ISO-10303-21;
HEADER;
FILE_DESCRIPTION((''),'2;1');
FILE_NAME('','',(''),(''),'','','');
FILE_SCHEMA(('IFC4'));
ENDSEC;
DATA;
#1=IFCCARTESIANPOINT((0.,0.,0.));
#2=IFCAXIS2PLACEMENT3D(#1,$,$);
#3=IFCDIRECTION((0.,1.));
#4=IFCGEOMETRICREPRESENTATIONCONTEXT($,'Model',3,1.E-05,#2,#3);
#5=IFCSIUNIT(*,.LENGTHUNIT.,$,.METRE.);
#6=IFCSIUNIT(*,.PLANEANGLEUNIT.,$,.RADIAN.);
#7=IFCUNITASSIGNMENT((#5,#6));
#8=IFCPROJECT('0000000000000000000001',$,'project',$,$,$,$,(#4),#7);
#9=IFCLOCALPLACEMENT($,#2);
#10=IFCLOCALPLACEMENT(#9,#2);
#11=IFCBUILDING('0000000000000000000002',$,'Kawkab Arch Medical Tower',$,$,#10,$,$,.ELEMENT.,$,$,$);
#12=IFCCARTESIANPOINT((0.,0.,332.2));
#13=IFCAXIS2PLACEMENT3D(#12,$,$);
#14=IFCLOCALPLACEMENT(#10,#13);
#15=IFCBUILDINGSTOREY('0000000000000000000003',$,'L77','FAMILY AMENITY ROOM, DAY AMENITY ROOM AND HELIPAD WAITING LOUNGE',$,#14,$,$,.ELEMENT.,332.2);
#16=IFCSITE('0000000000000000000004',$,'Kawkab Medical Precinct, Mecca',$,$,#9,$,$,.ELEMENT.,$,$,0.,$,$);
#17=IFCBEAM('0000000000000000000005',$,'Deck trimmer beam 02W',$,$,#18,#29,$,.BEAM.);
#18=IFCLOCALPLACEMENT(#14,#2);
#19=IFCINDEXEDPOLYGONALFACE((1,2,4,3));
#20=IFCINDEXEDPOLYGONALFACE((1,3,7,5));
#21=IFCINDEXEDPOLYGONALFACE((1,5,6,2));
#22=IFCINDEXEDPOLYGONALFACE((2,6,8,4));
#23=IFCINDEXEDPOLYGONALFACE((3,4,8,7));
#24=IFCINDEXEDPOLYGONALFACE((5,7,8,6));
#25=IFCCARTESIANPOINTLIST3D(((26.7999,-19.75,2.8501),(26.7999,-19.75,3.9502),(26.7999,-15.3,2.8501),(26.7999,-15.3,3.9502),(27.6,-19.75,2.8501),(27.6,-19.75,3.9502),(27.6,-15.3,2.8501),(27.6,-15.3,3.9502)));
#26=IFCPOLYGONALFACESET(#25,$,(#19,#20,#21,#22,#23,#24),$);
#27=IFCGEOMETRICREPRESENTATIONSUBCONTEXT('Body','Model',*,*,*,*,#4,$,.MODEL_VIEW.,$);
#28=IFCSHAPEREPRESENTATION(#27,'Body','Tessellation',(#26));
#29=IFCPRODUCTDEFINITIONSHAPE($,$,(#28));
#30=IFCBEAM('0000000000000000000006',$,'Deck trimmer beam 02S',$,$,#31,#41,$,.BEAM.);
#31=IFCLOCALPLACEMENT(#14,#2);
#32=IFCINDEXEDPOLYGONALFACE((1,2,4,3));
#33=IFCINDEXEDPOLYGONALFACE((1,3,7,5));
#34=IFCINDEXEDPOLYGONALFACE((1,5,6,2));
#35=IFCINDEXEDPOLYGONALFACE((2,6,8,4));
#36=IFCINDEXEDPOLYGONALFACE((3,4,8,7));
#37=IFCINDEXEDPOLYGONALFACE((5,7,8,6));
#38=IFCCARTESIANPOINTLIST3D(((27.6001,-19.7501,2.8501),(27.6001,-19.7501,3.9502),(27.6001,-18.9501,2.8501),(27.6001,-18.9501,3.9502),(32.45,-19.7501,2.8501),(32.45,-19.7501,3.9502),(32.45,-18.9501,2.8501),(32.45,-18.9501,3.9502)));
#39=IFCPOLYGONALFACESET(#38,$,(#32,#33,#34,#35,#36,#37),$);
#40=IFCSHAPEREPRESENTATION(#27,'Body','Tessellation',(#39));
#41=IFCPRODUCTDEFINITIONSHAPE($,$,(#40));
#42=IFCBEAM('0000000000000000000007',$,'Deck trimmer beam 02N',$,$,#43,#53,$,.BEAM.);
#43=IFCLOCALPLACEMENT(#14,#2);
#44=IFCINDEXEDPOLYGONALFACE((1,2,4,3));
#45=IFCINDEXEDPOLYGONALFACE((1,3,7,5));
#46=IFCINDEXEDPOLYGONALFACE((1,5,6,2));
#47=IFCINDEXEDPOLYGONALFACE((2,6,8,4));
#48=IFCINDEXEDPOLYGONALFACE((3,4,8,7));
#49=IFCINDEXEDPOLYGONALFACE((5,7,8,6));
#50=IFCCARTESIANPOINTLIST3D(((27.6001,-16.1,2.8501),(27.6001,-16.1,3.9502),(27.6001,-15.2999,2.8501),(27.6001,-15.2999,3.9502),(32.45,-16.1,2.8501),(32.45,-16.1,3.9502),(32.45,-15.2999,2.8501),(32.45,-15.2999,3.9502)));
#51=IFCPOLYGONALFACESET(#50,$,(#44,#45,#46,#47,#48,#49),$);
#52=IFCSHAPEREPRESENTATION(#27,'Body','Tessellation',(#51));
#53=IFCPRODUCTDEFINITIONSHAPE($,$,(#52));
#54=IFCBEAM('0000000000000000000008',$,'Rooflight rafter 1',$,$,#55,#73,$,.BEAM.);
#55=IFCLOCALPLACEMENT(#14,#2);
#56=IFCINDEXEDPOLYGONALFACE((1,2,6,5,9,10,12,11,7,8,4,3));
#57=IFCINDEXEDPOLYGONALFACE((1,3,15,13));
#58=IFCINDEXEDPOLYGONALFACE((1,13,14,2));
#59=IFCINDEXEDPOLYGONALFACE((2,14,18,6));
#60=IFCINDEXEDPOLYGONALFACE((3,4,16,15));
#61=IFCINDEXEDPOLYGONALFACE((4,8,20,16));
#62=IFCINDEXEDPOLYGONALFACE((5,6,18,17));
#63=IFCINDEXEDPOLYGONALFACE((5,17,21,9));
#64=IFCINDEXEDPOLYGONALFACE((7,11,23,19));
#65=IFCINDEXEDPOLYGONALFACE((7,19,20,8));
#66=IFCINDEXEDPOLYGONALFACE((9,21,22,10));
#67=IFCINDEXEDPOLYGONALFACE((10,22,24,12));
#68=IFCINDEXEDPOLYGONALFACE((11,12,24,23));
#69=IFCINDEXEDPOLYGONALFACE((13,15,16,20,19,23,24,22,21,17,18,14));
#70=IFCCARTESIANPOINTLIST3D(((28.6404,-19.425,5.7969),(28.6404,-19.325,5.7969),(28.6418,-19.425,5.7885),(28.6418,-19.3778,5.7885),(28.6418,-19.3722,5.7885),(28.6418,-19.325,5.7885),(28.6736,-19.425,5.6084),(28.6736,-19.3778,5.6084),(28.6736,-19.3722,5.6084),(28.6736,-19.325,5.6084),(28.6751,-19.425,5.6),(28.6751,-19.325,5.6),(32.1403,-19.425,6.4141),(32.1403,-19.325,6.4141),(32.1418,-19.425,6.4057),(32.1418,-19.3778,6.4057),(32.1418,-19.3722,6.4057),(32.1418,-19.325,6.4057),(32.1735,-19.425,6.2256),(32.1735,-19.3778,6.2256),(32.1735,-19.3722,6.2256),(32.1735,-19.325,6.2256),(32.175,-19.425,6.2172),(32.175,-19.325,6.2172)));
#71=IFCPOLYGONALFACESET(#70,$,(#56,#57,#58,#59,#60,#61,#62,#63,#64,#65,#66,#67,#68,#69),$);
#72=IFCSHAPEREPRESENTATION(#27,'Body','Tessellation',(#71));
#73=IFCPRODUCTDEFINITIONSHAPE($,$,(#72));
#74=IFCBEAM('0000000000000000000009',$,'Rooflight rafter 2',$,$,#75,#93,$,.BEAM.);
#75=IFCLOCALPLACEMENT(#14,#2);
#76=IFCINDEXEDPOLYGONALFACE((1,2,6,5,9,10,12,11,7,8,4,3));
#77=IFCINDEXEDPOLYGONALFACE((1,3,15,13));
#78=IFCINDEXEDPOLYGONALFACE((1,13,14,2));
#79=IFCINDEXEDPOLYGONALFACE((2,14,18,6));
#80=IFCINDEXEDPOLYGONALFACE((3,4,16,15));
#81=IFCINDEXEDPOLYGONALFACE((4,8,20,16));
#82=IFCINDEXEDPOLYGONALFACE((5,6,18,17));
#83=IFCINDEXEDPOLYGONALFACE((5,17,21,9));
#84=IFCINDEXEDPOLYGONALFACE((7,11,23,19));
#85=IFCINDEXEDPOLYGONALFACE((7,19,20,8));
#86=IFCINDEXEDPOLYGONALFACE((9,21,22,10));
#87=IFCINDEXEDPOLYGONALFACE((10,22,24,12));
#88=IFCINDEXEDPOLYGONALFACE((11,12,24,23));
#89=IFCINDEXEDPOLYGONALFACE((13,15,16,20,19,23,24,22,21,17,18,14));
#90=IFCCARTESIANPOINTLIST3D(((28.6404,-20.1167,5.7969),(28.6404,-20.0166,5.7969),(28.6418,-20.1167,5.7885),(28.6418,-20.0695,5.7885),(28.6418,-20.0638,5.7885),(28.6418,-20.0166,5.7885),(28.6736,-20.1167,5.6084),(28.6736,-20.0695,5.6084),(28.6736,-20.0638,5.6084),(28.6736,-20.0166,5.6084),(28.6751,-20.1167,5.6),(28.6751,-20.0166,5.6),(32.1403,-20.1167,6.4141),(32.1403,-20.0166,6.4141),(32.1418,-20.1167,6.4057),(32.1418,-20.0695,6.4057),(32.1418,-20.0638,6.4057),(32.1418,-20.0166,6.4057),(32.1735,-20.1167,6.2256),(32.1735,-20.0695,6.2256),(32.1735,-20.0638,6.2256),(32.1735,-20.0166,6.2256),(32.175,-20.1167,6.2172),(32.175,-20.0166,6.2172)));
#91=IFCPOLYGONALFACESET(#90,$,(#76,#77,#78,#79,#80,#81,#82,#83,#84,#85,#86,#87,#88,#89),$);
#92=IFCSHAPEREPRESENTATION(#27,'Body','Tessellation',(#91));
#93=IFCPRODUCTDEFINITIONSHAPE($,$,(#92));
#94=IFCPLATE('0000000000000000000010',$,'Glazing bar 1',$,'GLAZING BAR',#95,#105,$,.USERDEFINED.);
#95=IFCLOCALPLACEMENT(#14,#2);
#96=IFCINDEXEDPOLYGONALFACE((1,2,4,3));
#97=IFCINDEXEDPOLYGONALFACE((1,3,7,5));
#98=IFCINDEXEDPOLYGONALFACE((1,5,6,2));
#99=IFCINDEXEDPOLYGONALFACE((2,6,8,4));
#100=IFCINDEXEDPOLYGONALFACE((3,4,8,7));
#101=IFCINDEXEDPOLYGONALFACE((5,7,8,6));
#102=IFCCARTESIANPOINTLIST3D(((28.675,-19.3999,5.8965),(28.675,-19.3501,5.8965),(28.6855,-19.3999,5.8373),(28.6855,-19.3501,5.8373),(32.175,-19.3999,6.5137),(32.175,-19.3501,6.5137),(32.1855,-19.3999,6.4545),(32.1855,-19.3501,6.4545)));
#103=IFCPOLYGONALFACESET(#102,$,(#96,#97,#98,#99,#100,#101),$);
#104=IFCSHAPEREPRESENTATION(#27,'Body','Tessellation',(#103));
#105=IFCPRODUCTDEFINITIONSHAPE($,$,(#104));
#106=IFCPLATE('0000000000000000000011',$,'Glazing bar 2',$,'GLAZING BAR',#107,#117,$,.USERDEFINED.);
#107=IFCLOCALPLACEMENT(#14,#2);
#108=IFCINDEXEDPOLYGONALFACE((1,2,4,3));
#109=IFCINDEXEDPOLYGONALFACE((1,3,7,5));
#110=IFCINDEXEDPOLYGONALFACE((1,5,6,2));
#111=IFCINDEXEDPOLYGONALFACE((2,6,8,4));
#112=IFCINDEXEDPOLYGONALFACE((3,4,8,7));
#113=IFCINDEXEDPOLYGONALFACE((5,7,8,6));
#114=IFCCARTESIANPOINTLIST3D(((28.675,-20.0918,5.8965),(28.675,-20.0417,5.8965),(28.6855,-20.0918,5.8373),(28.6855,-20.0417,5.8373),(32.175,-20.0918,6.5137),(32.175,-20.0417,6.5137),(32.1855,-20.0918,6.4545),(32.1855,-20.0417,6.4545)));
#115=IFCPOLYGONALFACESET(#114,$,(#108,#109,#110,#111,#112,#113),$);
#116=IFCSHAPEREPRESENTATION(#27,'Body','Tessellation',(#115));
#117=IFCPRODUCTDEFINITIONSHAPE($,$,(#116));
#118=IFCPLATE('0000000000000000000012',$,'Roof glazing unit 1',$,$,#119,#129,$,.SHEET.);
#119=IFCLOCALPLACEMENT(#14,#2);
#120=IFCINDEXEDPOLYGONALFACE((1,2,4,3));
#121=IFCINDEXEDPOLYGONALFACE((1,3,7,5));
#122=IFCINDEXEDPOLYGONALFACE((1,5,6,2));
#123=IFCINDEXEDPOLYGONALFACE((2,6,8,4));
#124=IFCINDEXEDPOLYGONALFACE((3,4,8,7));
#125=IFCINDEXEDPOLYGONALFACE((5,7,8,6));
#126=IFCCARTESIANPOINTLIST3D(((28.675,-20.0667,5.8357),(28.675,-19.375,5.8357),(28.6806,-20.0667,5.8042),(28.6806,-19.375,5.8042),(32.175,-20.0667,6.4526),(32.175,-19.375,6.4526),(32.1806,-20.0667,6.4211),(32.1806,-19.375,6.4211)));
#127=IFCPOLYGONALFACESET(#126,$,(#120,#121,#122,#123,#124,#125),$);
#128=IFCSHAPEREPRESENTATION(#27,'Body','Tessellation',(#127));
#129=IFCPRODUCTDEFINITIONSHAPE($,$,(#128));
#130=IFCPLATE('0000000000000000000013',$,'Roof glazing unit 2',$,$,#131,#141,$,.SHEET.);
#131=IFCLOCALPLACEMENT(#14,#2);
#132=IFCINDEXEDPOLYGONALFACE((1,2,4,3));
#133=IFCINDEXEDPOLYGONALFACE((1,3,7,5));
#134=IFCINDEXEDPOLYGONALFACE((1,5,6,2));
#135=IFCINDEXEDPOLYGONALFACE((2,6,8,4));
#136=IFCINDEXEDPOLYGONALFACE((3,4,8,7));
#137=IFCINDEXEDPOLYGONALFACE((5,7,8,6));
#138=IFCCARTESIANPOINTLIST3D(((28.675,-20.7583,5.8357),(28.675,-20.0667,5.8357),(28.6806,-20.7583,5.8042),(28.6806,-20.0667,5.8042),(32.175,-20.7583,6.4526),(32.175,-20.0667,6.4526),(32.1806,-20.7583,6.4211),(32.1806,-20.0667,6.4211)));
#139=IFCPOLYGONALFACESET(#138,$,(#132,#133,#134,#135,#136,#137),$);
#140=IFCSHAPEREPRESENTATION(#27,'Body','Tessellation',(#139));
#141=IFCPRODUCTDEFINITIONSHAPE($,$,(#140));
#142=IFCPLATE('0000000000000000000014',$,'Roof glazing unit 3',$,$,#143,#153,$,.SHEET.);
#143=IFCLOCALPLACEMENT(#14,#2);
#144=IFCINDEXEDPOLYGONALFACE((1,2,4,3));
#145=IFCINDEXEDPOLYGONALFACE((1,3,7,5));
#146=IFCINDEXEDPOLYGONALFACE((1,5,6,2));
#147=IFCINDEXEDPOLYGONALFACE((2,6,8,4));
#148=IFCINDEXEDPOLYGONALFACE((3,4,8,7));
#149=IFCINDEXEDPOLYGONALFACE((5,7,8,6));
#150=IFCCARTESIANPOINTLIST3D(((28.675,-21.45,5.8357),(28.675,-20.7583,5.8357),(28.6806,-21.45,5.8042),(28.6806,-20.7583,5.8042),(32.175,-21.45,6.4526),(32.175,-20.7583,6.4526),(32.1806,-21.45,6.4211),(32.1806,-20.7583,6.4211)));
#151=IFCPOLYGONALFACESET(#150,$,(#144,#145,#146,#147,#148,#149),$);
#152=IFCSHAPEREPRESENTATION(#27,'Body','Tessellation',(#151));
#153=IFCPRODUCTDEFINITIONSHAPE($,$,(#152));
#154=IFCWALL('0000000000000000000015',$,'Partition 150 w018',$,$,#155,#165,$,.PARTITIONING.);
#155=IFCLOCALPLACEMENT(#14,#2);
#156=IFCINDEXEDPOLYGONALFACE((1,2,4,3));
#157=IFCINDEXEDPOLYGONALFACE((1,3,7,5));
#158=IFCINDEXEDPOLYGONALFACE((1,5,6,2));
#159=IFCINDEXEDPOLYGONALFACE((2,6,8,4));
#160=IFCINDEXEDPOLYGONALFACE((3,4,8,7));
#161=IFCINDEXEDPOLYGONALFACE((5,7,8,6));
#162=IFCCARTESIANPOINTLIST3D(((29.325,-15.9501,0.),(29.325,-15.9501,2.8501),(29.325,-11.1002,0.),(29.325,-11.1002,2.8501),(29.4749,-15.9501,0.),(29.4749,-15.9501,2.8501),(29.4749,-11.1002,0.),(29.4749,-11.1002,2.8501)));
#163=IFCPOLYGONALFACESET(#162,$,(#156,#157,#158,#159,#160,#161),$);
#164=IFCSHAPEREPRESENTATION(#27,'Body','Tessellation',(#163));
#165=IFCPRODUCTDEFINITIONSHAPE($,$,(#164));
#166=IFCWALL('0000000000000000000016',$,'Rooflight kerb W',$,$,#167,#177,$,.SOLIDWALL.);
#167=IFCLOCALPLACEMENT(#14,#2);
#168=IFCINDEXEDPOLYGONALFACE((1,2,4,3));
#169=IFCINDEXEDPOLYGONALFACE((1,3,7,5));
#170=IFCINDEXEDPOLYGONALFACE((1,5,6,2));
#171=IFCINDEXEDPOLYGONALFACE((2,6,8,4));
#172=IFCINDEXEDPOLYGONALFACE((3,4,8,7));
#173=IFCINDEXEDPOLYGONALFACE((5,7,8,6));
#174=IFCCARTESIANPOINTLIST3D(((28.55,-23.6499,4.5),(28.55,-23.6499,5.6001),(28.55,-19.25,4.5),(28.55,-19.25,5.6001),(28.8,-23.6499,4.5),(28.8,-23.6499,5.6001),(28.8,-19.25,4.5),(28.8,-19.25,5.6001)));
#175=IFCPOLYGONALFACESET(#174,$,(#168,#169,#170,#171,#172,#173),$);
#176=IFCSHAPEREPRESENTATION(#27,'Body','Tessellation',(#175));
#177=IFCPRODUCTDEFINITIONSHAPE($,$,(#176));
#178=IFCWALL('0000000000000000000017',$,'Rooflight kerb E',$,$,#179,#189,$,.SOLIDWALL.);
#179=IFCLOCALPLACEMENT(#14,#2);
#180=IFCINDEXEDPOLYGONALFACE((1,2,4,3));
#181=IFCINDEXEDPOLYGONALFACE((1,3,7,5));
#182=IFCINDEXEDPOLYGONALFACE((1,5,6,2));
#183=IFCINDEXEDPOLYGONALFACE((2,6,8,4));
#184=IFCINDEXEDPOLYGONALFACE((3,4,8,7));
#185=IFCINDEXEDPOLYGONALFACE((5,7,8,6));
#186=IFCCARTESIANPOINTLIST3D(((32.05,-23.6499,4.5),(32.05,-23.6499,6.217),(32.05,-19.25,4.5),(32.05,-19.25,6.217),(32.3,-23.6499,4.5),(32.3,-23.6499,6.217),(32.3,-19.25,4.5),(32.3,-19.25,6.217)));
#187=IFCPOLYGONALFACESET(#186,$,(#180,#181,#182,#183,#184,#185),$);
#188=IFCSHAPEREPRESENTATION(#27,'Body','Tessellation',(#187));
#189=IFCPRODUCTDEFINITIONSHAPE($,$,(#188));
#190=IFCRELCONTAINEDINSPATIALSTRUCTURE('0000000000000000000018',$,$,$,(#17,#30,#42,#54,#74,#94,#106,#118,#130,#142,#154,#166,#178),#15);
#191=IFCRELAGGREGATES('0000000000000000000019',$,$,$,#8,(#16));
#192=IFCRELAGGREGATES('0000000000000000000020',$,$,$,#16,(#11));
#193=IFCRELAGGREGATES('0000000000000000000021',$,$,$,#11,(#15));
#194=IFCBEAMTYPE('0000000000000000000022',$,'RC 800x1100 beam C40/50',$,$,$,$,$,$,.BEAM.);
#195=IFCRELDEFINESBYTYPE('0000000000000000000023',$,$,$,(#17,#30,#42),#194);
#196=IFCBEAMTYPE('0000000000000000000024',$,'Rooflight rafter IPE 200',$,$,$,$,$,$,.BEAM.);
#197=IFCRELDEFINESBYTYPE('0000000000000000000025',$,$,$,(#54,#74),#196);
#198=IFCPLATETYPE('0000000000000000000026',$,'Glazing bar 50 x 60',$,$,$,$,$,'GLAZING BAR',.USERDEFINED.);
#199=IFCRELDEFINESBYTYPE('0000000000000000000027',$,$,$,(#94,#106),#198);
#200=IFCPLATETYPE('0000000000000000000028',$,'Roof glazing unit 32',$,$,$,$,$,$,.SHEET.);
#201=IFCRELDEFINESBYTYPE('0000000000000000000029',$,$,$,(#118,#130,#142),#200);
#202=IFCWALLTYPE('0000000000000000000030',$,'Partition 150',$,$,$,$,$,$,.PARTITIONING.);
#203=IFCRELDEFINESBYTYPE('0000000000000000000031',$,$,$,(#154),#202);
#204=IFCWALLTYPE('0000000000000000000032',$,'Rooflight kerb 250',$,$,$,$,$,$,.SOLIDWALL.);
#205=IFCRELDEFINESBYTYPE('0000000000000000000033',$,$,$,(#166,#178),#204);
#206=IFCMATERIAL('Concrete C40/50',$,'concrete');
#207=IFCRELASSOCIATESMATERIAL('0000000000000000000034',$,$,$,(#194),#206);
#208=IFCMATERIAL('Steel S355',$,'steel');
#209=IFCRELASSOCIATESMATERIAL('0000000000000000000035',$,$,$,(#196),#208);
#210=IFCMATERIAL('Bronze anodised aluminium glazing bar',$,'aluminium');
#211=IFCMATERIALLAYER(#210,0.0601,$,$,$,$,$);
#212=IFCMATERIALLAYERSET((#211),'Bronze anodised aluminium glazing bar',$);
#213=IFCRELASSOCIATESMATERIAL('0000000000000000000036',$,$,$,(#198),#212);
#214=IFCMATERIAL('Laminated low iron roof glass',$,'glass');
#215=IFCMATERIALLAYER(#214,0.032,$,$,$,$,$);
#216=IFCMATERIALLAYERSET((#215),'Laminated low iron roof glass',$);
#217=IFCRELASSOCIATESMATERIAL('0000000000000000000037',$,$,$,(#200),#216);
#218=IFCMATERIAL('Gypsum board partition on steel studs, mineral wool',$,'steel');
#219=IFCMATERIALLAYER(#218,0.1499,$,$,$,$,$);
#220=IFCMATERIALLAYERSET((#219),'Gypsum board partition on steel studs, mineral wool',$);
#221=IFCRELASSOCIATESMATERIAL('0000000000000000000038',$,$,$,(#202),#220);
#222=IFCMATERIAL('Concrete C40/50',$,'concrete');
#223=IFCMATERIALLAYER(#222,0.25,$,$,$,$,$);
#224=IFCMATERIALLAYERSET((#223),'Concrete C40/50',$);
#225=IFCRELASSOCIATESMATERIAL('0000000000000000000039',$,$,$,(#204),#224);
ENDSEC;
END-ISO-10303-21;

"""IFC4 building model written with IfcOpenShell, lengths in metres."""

from ifc_helpers import new_model, si_unit, direction, frame, frame_2d, origin, origin_2d, place, context, subcontext, project, spatial, polyline, rectangle, i_section, outline, extrude, material, layer, layer_set, material_profile, profile_set, type_object, element, save


model = new_model("IFC4")

# Units and contexts
model_context = context("Model", 3, precision=1e-05, world=origin(), true_north=direction((0.0, 1.0)))
body_context = subcontext(model_context, "Body", "Model", "MODEL_VIEW")
ifc_project = project(units=[si_unit("LENGTHUNIT", "METRE"), si_unit("PLANEANGLEUNIT", "RADIAN")], contexts=[model_context])

# Site, building, storey
site_placement = place(None, origin())
site = spatial("IfcSite", under=ifc_project, at=site_placement, Name="Kawkab Medical Precinct, Mecca", CompositionType="ELEMENT", RefElevation=0.0)
building_placement = place(site_placement, origin())
building = spatial("IfcBuilding", under=site, at=building_placement, Name="Kawkab Arch Medical Tower", CompositionType="ELEMENT")
storey_placement = place(building_placement, frame((0.0, 0.0, 332.2)))
storey = spatial("IfcBuildingStorey", under=building, at=storey_placement, Name="L77", Description="FAMILY AMENITY ROOM, DAY AMENITY ROOM AND HELIPAD WAITING LOUNGE", CompositionType="ELEMENT", Elevation=332.2)

# Beams
ifc_material_1 = material(Name="Concrete C40/50", Category="concrete")
ifc_material_profile_1 = material_profile(ifc_material_1, rectangle(XDim=0.8, YDim=1.1001, at=origin_2d()), Name="RC 800x1100")
ifc_profile_set_1 = profile_set([ifc_material_profile_1], Name="Concrete C40/50")
beam_type_1 = type_object("IfcBeamType", Name="RC 800x1100 beam C40/50", PredefinedType="BEAM", material=ifc_profile_set_1)
beam_placement = place(storey_placement, frame((27.2, -19.75, 3.4001), z_axis=(0.0, 1.0, 0.0), x_axis=(-1.0, 0.0, 0.0)))
element("IfcBeam", 1, at=beam_placement, inside=storey, type_object=beam_type_1, Name="Deck trimmer beam 02W", PredefinedType="BEAM", context=body_context, shape_type="SweptSolid", body=[
    extrude(rectangle(XDim=0.8, YDim=1.1001, at=origin_2d()), origin(), (0.0, 0.0, 1.0), 4.45),
])
for number, where, z_axis, x_axis, name in (
    (2, (27.6001, -19.3501, 3.4001), (1.0, 0.0, 0.0), (0.0, 1.0, 0.0), "Deck trimmer beam 02S"),
    (3, (27.6001, -15.7, 3.4001), (1.0, 0.0, 0.0), (0.0, 1.0, 0.0), "Deck trimmer beam 02N"),
):
    element("IfcBeam", number, at=place(storey_placement, frame(where, z_axis=z_axis, x_axis=x_axis)), inside=storey, type_object=beam_type_1, Name=name, PredefinedType="BEAM", context=body_context, shape_type="SweptSolid", body=[
        extrude(rectangle(XDim=0.8, YDim=1.1001, at=origin_2d()), origin(), (0.0, 0.0, 1.0), 4.8499),
    ])
ifc_material_2 = material(Name="Steel S355", Category="steel")
ifc_material_profile_2 = material_profile(ifc_material_2, i_section(OverallWidth=0.1001, OverallDepth=0.2, WebThickness=0.0056, FlangeThickness=0.0085, at=origin_2d()), Name="IPE 200")
ifc_profile_set_2 = profile_set([ifc_material_profile_2], Name="Steel S355")
beam_type_2 = type_object("IfcBeamType", Name="Rooflight rafter IPE 200", PredefinedType="BEAM", material=ifc_profile_set_2)
for number, where, z_axis, x_axis, name in (
    (4, (28.6577, -19.375, 5.6985), (0.984806, 0.0, 0.17366), (0.0, 1.0, 0.0), "Rooflight rafter 1"),
    (5, (28.6577, -20.0667, 5.6985), (0.984806, 0.0, 0.17366), (0.0, 1.0, 0.0), "Rooflight rafter 2"),
):
    element("IfcBeam", number, at=place(storey_placement, frame(where, z_axis=z_axis, x_axis=x_axis)), inside=storey, type_object=beam_type_2, Name=name, PredefinedType="BEAM", context=body_context, shape_type="SweptSolid", body=[
        extrude(i_section(OverallWidth=0.1001, OverallDepth=0.2, WebThickness=0.0056, FlangeThickness=0.0085, at=origin_2d()), origin(), (0.0, 0.0, 1.0), 3.554),
    ])

# Plates
ifc_material_3 = material(Name="Bronze anodised aluminium glazing bar", Category="aluminium")
ifc_layer_1 = layer(ifc_material_3, 0.0601)
ifc_layer_set_1 = layer_set([ifc_layer_1], Name="Bronze anodised aluminium glazing bar")
plate_type_1 = type_object("IfcPlateType", Name="Glazing bar 50 x 60", ElementType="GLAZING BAR", PredefinedType="USERDEFINED", material=ifc_layer_set_1)
plate_1_placement = place(storey_placement, frame((28.675, -19.3999, 5.8965), z_axis=(-0.17366, 0.0, 0.984806), x_axis=(0.984806, 0.0, 0.17366)))
element("IfcPlate", 6, at=plate_1_placement, inside=storey, type_object=plate_type_1, Name="Glazing bar 1", ObjectType="GLAZING BAR", PredefinedType="USERDEFINED", context=body_context, shape_type="SweptSolid", body=[
    extrude(outline(polyline([(0.0, 0.0), (3.554, 0.0), (3.554, 0.0498), (0.0, 0.0498), (0.0, 0.0)])), origin(), (0.0, 0.0, -1.0), 0.0601),
])
plate_2_placement = place(storey_placement, frame((28.675, -20.0918, 5.8965), z_axis=(-0.17366, 0.0, 0.984806), x_axis=(0.984806, 0.0, 0.17366)))
element("IfcPlate", 7, at=plate_2_placement, inside=storey, type_object=plate_type_1, Name="Glazing bar 2", ObjectType="GLAZING BAR", PredefinedType="USERDEFINED", context=body_context, shape_type="SweptSolid", body=[
    extrude(outline(polyline([(0.0, 0.0), (3.554, 0.0), (3.554, 0.05), (0.0, 0.05), (0.0, 0.0)])), origin(), (0.0, 0.0, -1.0), 0.0601),
])
ifc_material_4 = material(Name="Laminated low iron roof glass", Category="glass")
ifc_layer_2 = layer(ifc_material_4, 0.032)
ifc_layer_set_2 = layer_set([ifc_layer_2], Name="Laminated low iron roof glass")
plate_type_2 = type_object("IfcPlateType", Name="Roof glazing unit 32", PredefinedType="SHEET", material=ifc_layer_set_2)
for number, where, z_axis, x_axis, name in (
    (8, (28.675, -19.375, 5.8357), (-0.173593, 0.0, 0.984817), (0.984817, 0.0, 0.173593), "Roof glazing unit 1"),
    (9, (28.675, -20.0667, 5.8357), (-0.173593, 0.0, 0.984817), (0.984817, 0.0, 0.173593), "Roof glazing unit 2"),
    (10, (28.675, -20.7583, 5.8357), (-0.173593, 0.0, 0.984817), (0.984817, 0.0, 0.173593), "Roof glazing unit 3"),
):
    element("IfcPlate", number, at=place(storey_placement, frame(where, z_axis=z_axis, x_axis=x_axis)), inside=storey, type_object=plate_type_2, Name=name, PredefinedType="SHEET", context=body_context, shape_type="SweptSolid", body=[
        extrude(outline(polyline([(0.0, 0.0), (3.554, 0.0), (3.554, -0.6917), (0.0, -0.6917), (0.0, 0.0)])), origin(), (0.0, 0.0, -1.0), 0.032),
    ])

# Walls
ifc_material_5 = material(Name="Gypsum board partition on steel studs, mineral wool", Category="steel")
ifc_layer_3 = layer(ifc_material_5, 0.1499)
ifc_layer_set_3 = layer_set([ifc_layer_3], Name="Gypsum board partition on steel studs, mineral wool")
wall_type_1 = type_object("IfcWallType", Name="Partition 150", PredefinedType="PARTITIONING", material=ifc_layer_set_3)
wall_1_placement = place(storey_placement, frame((29.3999, -15.95, 0.0), z_axis=(0.0, 0.0, 1.0), x_axis=(0.0, 1.0, 0.0)))
element("IfcWall", 11, at=wall_1_placement, inside=storey, type_object=wall_type_1, Name="Partition 150 w018", PredefinedType="PARTITIONING", context=body_context, shape_type="SweptSolid", body=[
    extrude(rectangle(XDim=4.8499, YDim=0.1499, at=frame_2d((2.4248, 0.0))), origin(), (0.0, 0.0, 1.0), 2.8501),
])
ifc_material_6 = material(Name="Concrete C40/50", Category="concrete")
ifc_layer_4 = layer(ifc_material_6, 0.25)
ifc_layer_set_4 = layer_set([ifc_layer_4], Name="Concrete C40/50")
wall_type_2 = type_object("IfcWallType", Name="Rooflight kerb 250", PredefinedType="SOLIDWALL", material=ifc_layer_set_4)
wall_2_placement = place(storey_placement, frame((28.675, -19.25, 4.5), z_axis=(0.0, 0.0, 1.0), x_axis=(0.0, -1.0, 0.0)))
element("IfcWall", 12, at=wall_2_placement, inside=storey, type_object=wall_type_2, Name="Rooflight kerb W", PredefinedType="SOLIDWALL", context=body_context, shape_type="SweptSolid", body=[
    extrude(rectangle(XDim=4.3999, YDim=0.25, at=frame_2d((2.2, 0.0))), origin(), (0.0, 0.0, 1.0), 1.1001),
])
wall_3_placement = place(storey_placement, frame((32.175, -19.25, 4.5), z_axis=(0.0, 0.0, 1.0), x_axis=(0.0, -1.0, 0.0)))
element("IfcWall", 13, at=wall_3_placement, inside=storey, type_object=wall_type_2, Name="Rooflight kerb E", PredefinedType="SOLIDWALL", context=body_context, shape_type="SweptSolid", body=[
    extrude(rectangle(XDim=4.3999, YDim=0.25, at=frame_2d((2.2, 0.0))), origin(), (0.0, 0.0, 1.0), 1.717),
])

save(model, "model.ifc")
